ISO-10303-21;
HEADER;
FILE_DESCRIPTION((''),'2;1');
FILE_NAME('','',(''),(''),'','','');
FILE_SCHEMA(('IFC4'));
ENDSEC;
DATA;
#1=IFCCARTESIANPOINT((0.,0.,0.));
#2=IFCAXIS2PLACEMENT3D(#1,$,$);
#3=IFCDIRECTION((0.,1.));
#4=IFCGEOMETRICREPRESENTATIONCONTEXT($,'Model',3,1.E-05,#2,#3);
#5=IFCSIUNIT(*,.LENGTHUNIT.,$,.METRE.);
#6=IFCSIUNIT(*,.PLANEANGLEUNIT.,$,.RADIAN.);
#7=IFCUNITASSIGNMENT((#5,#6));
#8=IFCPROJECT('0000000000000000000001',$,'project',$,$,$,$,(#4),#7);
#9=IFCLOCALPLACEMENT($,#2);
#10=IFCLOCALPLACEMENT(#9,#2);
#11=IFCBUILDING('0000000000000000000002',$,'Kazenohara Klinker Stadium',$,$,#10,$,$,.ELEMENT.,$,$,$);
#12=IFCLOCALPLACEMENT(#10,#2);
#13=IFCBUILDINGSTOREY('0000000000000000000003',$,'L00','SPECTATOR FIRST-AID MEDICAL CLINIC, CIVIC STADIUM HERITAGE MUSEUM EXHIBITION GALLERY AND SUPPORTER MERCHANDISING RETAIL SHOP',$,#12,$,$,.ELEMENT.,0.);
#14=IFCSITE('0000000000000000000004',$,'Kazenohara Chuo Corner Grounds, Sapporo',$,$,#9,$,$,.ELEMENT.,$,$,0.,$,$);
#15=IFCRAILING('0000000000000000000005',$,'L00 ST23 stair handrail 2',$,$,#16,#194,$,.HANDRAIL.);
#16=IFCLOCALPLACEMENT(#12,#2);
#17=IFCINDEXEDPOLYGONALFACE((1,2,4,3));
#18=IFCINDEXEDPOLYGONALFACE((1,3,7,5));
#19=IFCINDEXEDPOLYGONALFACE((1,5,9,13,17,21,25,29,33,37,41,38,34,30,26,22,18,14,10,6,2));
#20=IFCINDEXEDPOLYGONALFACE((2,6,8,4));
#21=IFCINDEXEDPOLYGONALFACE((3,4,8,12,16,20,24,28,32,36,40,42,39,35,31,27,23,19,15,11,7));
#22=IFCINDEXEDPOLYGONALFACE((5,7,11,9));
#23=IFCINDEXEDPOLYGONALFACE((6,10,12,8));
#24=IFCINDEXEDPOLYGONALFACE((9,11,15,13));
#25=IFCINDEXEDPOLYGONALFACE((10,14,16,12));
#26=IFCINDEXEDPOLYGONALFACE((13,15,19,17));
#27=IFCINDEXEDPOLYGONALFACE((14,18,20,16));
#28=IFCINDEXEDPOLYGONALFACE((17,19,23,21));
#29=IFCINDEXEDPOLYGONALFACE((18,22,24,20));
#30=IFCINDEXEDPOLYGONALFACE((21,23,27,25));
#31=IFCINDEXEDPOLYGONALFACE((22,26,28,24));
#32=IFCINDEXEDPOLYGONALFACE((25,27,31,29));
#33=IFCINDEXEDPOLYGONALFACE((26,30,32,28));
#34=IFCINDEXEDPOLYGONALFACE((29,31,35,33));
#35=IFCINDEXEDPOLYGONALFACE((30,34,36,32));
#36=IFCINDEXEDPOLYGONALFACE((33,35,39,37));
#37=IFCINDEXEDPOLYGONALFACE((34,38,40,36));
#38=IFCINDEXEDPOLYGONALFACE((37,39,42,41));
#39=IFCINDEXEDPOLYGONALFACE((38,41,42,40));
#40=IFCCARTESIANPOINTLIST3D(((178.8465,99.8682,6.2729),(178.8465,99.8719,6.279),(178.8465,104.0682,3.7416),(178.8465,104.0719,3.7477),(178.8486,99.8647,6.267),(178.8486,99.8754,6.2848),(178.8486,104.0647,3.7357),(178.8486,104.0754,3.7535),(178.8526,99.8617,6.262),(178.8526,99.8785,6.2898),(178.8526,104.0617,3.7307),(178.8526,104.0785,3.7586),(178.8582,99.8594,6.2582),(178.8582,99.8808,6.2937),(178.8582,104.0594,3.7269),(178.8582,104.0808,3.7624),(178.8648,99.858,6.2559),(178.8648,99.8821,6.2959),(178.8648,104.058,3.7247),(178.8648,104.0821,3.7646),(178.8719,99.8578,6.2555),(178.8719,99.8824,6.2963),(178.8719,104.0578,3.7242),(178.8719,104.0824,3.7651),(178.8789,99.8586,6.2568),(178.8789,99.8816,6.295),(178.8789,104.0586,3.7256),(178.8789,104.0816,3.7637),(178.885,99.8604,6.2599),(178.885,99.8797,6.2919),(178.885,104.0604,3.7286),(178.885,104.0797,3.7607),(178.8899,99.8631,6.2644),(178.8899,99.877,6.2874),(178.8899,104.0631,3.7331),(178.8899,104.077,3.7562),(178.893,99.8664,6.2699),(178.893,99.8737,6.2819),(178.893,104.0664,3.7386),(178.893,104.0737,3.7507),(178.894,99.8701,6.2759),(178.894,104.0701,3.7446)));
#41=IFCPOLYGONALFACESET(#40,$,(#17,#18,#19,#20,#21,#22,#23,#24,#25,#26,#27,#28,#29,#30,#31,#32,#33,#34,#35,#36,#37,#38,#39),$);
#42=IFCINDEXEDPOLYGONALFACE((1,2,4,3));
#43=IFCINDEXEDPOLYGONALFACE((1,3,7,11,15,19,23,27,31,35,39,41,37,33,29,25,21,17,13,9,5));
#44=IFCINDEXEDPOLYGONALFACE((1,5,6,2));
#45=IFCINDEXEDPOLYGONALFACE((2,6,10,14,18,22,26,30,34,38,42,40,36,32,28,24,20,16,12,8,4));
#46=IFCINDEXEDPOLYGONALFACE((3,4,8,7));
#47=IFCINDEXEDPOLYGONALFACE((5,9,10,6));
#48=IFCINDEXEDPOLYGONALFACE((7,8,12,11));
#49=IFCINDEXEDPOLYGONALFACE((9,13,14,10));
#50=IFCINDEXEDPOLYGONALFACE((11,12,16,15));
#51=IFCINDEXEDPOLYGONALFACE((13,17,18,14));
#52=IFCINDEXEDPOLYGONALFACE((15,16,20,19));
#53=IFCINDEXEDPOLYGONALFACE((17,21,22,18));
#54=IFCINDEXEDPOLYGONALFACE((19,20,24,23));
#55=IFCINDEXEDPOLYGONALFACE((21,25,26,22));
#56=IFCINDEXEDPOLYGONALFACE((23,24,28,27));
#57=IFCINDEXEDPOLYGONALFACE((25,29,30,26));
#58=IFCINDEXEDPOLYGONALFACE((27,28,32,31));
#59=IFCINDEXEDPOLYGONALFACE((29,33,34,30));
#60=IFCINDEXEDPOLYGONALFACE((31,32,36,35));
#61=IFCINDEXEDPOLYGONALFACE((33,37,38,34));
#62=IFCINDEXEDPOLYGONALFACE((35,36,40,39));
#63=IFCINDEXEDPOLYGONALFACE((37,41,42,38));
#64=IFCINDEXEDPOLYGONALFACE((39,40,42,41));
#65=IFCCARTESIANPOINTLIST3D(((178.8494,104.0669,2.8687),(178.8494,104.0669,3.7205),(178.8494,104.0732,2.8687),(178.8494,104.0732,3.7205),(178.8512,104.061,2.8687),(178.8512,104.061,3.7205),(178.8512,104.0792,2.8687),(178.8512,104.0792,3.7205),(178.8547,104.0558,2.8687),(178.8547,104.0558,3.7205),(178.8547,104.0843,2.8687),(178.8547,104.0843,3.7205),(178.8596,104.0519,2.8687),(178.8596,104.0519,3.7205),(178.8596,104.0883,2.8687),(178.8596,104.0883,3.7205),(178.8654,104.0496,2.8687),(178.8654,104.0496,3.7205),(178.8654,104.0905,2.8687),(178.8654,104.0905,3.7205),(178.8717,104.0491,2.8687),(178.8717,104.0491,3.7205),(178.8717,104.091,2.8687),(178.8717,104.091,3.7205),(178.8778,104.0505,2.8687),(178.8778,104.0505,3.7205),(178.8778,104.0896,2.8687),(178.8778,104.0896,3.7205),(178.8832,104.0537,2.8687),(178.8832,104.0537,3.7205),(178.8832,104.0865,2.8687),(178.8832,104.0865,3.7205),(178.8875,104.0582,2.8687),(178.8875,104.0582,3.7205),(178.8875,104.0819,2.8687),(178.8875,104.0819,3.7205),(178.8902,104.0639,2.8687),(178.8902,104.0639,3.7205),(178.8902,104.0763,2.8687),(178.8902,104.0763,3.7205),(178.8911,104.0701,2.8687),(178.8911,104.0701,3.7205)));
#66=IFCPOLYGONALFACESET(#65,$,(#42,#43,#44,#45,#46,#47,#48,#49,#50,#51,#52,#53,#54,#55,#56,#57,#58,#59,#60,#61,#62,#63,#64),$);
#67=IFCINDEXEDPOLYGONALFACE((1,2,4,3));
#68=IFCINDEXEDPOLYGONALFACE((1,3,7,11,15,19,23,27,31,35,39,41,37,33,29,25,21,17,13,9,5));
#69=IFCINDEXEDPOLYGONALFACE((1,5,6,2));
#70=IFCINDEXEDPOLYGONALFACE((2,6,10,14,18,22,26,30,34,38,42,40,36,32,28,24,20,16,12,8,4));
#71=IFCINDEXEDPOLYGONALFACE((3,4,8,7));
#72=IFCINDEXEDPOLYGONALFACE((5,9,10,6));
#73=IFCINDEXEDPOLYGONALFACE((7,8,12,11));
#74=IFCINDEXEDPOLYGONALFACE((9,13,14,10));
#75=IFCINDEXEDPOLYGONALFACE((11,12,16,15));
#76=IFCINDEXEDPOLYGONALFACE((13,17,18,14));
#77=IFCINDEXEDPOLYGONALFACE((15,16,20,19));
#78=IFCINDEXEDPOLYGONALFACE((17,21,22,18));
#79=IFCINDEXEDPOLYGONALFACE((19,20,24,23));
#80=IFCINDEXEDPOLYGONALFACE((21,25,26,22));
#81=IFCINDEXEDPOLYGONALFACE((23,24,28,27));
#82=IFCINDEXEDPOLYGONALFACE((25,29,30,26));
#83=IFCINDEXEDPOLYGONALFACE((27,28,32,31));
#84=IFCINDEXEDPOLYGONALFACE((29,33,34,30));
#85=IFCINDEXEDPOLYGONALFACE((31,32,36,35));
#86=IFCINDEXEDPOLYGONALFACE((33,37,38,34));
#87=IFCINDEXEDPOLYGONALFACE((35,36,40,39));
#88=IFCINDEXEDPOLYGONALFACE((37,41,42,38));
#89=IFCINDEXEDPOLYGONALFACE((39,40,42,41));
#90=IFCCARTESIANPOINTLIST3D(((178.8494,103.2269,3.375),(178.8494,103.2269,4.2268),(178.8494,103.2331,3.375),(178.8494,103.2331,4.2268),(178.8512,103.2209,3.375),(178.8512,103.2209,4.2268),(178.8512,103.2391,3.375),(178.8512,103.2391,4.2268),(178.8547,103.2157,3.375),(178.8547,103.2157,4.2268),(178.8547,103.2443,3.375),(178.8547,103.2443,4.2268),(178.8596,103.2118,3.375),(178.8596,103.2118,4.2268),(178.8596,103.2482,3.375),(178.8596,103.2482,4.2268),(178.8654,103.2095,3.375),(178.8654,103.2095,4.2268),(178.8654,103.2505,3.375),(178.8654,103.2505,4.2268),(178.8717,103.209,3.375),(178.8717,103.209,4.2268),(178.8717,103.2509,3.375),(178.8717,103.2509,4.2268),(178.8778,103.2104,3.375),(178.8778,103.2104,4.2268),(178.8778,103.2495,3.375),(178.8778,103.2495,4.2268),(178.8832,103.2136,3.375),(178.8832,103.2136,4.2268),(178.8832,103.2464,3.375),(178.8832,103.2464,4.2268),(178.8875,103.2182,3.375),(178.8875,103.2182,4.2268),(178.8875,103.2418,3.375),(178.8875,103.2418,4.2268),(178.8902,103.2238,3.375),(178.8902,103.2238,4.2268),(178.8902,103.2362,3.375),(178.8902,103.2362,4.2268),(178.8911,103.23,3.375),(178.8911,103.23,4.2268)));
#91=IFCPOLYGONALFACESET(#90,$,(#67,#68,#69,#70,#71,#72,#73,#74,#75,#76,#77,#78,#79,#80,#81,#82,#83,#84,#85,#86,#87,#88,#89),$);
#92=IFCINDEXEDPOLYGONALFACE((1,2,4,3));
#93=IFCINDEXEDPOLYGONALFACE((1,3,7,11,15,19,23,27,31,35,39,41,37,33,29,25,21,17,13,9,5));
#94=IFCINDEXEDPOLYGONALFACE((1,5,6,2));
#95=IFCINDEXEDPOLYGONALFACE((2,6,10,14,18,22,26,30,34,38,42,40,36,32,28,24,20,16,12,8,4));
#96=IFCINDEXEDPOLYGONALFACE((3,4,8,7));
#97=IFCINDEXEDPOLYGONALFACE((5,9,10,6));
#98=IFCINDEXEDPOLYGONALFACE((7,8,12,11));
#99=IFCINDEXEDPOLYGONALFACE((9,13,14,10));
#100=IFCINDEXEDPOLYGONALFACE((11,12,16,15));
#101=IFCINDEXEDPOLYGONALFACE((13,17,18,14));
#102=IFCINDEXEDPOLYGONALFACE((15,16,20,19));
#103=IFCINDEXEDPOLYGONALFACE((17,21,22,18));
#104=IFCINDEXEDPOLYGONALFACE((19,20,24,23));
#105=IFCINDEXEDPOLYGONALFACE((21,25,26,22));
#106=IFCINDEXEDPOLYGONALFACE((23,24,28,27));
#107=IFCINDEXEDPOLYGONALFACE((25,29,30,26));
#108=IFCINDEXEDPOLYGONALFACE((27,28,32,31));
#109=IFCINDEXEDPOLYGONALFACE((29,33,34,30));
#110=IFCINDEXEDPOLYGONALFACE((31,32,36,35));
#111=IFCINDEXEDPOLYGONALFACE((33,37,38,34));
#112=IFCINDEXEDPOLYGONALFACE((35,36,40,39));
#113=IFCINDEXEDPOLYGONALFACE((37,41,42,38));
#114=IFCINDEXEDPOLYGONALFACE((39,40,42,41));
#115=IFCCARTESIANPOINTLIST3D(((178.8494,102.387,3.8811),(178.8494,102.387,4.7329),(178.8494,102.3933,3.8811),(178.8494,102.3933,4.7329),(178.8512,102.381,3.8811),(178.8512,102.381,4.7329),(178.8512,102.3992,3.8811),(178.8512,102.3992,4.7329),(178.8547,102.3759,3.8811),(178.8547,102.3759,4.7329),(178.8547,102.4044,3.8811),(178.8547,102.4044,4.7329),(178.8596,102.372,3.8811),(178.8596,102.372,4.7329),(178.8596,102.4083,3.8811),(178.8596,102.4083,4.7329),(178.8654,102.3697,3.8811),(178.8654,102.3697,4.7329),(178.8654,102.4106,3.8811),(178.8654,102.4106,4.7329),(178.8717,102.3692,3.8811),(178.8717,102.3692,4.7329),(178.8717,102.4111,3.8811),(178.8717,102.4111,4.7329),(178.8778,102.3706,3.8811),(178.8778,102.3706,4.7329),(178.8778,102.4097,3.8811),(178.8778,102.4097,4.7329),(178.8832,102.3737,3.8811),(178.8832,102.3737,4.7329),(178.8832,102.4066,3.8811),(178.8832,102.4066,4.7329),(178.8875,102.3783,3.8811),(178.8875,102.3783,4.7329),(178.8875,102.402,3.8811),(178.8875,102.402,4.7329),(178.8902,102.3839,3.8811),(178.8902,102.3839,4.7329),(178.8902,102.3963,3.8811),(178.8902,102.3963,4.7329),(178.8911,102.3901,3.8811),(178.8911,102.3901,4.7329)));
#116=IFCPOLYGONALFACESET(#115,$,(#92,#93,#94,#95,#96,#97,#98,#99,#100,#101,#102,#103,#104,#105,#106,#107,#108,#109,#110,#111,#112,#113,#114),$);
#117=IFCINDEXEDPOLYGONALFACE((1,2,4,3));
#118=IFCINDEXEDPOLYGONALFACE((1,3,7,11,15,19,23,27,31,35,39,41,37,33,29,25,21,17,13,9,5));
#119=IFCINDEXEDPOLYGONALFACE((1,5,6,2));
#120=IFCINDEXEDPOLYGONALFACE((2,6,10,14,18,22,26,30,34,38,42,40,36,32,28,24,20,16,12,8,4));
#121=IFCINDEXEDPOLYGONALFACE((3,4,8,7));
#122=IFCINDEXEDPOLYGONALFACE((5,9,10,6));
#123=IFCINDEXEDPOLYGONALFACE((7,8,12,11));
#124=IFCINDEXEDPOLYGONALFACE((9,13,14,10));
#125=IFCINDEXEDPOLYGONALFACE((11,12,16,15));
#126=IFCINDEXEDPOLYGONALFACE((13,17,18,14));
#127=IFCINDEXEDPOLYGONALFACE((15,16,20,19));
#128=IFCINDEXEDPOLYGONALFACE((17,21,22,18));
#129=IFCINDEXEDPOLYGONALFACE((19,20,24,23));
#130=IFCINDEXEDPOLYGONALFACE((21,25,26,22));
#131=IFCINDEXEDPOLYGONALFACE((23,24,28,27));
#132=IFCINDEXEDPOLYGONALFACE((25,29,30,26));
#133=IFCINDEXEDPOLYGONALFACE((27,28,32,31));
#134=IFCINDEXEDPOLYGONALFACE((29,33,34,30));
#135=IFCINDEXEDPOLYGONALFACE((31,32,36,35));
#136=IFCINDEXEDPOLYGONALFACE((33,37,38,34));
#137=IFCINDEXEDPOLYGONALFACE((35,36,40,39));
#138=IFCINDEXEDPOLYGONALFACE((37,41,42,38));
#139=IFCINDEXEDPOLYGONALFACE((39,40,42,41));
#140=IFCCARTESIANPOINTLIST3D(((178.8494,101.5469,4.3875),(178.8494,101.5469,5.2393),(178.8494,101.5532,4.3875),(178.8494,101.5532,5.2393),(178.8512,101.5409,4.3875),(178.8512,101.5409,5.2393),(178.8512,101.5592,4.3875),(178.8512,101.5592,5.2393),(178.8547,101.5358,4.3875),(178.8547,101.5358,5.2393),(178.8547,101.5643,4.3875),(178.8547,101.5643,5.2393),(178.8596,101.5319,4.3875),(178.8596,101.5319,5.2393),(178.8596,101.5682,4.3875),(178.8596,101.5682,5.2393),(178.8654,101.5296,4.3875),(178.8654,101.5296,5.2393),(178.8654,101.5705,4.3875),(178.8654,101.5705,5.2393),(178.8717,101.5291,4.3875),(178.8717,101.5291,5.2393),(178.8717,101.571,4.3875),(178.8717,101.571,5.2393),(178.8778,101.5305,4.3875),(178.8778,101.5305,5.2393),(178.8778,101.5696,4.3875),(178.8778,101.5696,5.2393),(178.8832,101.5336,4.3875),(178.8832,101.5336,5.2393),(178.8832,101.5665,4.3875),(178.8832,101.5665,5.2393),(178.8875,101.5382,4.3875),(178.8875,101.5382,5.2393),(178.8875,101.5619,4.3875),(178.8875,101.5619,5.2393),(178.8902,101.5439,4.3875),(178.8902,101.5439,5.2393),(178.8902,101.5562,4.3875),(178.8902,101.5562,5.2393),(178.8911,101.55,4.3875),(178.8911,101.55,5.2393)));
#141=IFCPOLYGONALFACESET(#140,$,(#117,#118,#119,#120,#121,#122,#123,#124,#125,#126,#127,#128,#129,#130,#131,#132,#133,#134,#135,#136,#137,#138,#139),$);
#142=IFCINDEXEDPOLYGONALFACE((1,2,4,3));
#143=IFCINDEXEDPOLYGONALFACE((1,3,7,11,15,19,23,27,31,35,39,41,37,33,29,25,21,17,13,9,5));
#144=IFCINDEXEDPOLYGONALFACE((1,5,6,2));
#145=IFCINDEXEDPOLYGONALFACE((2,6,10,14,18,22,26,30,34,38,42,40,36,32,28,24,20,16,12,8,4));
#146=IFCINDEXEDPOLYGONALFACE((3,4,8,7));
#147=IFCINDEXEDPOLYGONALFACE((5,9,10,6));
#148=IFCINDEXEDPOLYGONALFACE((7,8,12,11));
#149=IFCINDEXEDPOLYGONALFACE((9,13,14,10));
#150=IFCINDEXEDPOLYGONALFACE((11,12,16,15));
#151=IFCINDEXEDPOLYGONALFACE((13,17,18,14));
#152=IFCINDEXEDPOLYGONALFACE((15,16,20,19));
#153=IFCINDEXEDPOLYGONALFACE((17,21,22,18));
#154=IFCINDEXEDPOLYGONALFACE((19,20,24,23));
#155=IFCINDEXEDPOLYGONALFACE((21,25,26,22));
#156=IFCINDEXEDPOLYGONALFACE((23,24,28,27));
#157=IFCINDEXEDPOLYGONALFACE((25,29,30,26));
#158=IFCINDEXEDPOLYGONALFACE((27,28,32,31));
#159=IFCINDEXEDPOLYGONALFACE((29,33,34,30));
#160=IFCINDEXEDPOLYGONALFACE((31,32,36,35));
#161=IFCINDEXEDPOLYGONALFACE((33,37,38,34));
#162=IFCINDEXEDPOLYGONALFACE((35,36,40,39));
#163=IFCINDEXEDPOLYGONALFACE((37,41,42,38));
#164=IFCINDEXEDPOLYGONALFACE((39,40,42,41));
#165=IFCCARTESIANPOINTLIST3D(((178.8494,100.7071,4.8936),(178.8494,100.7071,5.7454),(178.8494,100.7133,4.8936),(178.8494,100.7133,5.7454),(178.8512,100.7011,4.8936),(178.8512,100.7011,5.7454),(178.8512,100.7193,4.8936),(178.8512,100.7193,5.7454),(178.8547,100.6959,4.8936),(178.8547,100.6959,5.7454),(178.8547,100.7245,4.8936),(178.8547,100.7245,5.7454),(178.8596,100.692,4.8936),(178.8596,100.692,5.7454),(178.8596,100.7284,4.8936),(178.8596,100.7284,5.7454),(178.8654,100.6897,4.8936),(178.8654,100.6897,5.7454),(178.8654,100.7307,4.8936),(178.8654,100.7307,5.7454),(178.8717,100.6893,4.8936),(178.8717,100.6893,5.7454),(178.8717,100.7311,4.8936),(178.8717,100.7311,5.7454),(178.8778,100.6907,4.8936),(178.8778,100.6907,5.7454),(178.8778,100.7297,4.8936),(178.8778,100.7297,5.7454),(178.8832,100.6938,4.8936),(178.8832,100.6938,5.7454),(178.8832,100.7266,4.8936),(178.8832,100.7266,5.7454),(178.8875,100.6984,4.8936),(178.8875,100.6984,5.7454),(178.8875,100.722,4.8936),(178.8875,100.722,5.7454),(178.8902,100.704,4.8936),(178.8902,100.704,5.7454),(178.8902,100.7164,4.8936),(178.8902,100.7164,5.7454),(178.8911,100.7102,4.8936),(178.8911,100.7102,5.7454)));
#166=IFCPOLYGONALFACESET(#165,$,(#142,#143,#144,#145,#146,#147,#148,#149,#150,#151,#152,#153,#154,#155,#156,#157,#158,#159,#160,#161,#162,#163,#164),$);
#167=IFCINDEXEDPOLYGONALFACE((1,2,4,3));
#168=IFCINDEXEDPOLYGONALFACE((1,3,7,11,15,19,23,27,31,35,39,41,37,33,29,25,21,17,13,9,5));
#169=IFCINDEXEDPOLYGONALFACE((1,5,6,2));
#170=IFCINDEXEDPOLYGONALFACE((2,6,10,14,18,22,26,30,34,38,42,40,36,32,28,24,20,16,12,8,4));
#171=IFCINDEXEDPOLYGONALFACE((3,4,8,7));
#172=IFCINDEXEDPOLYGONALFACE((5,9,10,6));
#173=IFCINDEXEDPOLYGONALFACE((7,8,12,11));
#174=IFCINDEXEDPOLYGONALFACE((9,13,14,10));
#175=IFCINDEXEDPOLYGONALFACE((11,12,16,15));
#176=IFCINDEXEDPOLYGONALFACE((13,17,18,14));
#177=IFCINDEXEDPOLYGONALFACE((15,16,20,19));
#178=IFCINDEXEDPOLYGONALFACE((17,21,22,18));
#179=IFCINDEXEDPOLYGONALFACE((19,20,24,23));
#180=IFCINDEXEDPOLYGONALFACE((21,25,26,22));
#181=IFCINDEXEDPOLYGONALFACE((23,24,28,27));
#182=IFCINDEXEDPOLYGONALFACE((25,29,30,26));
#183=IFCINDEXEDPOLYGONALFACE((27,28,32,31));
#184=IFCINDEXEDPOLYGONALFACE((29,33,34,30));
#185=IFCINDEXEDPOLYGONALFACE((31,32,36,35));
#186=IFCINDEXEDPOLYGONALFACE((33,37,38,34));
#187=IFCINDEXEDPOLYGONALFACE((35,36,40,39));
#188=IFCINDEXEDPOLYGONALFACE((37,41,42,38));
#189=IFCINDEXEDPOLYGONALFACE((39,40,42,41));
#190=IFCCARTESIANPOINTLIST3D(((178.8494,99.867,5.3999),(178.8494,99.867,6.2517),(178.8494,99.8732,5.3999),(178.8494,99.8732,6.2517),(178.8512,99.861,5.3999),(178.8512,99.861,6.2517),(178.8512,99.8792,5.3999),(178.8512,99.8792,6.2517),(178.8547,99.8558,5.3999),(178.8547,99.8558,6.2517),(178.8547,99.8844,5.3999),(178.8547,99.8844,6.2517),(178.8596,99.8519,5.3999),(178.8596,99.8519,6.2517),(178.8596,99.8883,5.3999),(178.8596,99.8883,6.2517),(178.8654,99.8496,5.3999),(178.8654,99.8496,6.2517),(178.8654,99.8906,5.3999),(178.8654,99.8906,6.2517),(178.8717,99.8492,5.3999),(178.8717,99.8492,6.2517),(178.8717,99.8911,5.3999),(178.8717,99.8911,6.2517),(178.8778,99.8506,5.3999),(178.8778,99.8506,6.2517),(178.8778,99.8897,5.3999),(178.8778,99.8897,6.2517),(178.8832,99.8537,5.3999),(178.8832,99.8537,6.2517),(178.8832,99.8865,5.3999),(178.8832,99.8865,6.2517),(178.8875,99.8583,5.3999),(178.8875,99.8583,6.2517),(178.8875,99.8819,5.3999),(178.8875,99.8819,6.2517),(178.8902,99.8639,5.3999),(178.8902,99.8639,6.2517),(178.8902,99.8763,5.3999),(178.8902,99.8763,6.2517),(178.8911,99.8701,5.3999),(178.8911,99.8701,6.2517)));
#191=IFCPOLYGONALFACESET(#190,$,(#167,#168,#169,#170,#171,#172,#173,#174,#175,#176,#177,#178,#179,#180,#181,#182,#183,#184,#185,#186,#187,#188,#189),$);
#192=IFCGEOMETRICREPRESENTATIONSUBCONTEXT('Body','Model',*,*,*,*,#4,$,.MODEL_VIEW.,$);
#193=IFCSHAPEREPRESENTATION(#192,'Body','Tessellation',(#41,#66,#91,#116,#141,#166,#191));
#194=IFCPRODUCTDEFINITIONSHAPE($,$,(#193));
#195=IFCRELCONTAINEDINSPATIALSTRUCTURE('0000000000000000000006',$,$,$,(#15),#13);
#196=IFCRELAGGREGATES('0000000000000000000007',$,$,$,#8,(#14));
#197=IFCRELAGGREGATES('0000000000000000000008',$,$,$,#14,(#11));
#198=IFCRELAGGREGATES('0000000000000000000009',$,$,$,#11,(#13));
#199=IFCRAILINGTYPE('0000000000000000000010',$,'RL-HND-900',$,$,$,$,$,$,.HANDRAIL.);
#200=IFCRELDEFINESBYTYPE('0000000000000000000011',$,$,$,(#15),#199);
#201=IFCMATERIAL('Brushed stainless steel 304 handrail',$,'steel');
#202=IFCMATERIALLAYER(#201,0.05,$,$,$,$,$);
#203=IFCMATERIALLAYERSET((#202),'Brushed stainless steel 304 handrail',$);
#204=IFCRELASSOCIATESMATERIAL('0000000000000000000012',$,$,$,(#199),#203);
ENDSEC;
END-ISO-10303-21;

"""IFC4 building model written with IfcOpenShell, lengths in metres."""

from ifc_helpers import new_model, si_unit, direction, frame, origin, origin_2d, place, context, subcontext, project, spatial, circle, extrude, material, layer, layer_set, type_object, element, save


model = new_model("IFC4")

# Units and contexts
model_context = context("Model", 3, precision=1e-05, world=origin(), true_north=direction((0.0, 1.0)))
body_context = subcontext(model_context, "Body", "Model", "MODEL_VIEW")
ifc_project = project(units=[si_unit("LENGTHUNIT", "METRE"), si_unit("PLANEANGLEUNIT", "RADIAN")], contexts=[model_context])

# Site, building, storey
site_placement = place(None, origin())
site = spatial("IfcSite", under=ifc_project, at=site_placement, Name="Kazenohara Chuo Corner Grounds, Sapporo", CompositionType="ELEMENT", RefElevation=0.0)
building_placement = place(site_placement, origin())
building = spatial("IfcBuilding", under=site, at=building_placement, Name="Kazenohara Klinker Stadium", CompositionType="ELEMENT")
storey_placement = place(building_placement, origin())
storey = spatial("IfcBuildingStorey", under=building, at=storey_placement, Name="L00", Description="SPECTATOR FIRST-AID MEDICAL CLINIC, CIVIC STADIUM HERITAGE MUSEUM EXHIBITION GALLERY AND SUPPORTER MERCHANDISING RETAIL SHOP", CompositionType="ELEMENT", Elevation=0.0)

# Railing
ifc_material_1 = material(Name="Brushed stainless steel 304 handrail", Category="steel")
ifc_layer_1 = layer(ifc_material_1, 0.05)
ifc_layer_set_1 = layer_set([ifc_layer_1], Name="Brushed stainless steel 304 handrail")
railing_type_1 = type_object("IfcRailingType", Name="RL-HND-900", PredefinedType="HANDRAIL", material=ifc_layer_set_1)
railing_1_placement = place(storey_placement, frame((178.8701, 104.0701, 2.8687)))
element("IfcRailing", 1, at=railing_1_placement, inside=storey, type_object=railing_type_1, Name="L00 ST23 stair handrail 2", PredefinedType="HANDRAIL", context=body_context, shape_type="SweptSolid", body=[
    extrude(circle(Radius=0.0239, at=origin_2d()), frame((0.0, 0.0, 0.876), z_axis=(0.0, -0.856476, 0.516186), x_axis=(1.0, 0.0, 0.0)), (0.0, 0.0, 1.0), 4.9038),
    extrude(circle(Radius=0.021, at=origin_2d()), origin(), (0.0, 0.0, 1.0), 0.8518),
    extrude(circle(Radius=0.021, at=origin_2d()), frame((0.0, -0.8401, 0.5063)), (0.0, 0.0, 1.0), 0.8518),
    extrude(circle(Radius=0.021, at=origin_2d()), frame((0.0, -1.6799, 1.0125)), (0.0, 0.0, 1.0), 0.8518),
    extrude(circle(Radius=0.021, at=origin_2d()), frame((0.0, -2.52, 1.5188)), (0.0, 0.0, 1.0), 0.8518),
    extrude(circle(Radius=0.021, at=origin_2d()), frame((0.0, -3.3599, 2.0249)), (0.0, 0.0, 1.0), 0.8518),
    extrude(circle(Radius=0.021, at=origin_2d()), frame((0.0, -4.2, 2.5312)), (0.0, 0.0, 1.0), 0.8518),
])

save(model, "model.ifc")
